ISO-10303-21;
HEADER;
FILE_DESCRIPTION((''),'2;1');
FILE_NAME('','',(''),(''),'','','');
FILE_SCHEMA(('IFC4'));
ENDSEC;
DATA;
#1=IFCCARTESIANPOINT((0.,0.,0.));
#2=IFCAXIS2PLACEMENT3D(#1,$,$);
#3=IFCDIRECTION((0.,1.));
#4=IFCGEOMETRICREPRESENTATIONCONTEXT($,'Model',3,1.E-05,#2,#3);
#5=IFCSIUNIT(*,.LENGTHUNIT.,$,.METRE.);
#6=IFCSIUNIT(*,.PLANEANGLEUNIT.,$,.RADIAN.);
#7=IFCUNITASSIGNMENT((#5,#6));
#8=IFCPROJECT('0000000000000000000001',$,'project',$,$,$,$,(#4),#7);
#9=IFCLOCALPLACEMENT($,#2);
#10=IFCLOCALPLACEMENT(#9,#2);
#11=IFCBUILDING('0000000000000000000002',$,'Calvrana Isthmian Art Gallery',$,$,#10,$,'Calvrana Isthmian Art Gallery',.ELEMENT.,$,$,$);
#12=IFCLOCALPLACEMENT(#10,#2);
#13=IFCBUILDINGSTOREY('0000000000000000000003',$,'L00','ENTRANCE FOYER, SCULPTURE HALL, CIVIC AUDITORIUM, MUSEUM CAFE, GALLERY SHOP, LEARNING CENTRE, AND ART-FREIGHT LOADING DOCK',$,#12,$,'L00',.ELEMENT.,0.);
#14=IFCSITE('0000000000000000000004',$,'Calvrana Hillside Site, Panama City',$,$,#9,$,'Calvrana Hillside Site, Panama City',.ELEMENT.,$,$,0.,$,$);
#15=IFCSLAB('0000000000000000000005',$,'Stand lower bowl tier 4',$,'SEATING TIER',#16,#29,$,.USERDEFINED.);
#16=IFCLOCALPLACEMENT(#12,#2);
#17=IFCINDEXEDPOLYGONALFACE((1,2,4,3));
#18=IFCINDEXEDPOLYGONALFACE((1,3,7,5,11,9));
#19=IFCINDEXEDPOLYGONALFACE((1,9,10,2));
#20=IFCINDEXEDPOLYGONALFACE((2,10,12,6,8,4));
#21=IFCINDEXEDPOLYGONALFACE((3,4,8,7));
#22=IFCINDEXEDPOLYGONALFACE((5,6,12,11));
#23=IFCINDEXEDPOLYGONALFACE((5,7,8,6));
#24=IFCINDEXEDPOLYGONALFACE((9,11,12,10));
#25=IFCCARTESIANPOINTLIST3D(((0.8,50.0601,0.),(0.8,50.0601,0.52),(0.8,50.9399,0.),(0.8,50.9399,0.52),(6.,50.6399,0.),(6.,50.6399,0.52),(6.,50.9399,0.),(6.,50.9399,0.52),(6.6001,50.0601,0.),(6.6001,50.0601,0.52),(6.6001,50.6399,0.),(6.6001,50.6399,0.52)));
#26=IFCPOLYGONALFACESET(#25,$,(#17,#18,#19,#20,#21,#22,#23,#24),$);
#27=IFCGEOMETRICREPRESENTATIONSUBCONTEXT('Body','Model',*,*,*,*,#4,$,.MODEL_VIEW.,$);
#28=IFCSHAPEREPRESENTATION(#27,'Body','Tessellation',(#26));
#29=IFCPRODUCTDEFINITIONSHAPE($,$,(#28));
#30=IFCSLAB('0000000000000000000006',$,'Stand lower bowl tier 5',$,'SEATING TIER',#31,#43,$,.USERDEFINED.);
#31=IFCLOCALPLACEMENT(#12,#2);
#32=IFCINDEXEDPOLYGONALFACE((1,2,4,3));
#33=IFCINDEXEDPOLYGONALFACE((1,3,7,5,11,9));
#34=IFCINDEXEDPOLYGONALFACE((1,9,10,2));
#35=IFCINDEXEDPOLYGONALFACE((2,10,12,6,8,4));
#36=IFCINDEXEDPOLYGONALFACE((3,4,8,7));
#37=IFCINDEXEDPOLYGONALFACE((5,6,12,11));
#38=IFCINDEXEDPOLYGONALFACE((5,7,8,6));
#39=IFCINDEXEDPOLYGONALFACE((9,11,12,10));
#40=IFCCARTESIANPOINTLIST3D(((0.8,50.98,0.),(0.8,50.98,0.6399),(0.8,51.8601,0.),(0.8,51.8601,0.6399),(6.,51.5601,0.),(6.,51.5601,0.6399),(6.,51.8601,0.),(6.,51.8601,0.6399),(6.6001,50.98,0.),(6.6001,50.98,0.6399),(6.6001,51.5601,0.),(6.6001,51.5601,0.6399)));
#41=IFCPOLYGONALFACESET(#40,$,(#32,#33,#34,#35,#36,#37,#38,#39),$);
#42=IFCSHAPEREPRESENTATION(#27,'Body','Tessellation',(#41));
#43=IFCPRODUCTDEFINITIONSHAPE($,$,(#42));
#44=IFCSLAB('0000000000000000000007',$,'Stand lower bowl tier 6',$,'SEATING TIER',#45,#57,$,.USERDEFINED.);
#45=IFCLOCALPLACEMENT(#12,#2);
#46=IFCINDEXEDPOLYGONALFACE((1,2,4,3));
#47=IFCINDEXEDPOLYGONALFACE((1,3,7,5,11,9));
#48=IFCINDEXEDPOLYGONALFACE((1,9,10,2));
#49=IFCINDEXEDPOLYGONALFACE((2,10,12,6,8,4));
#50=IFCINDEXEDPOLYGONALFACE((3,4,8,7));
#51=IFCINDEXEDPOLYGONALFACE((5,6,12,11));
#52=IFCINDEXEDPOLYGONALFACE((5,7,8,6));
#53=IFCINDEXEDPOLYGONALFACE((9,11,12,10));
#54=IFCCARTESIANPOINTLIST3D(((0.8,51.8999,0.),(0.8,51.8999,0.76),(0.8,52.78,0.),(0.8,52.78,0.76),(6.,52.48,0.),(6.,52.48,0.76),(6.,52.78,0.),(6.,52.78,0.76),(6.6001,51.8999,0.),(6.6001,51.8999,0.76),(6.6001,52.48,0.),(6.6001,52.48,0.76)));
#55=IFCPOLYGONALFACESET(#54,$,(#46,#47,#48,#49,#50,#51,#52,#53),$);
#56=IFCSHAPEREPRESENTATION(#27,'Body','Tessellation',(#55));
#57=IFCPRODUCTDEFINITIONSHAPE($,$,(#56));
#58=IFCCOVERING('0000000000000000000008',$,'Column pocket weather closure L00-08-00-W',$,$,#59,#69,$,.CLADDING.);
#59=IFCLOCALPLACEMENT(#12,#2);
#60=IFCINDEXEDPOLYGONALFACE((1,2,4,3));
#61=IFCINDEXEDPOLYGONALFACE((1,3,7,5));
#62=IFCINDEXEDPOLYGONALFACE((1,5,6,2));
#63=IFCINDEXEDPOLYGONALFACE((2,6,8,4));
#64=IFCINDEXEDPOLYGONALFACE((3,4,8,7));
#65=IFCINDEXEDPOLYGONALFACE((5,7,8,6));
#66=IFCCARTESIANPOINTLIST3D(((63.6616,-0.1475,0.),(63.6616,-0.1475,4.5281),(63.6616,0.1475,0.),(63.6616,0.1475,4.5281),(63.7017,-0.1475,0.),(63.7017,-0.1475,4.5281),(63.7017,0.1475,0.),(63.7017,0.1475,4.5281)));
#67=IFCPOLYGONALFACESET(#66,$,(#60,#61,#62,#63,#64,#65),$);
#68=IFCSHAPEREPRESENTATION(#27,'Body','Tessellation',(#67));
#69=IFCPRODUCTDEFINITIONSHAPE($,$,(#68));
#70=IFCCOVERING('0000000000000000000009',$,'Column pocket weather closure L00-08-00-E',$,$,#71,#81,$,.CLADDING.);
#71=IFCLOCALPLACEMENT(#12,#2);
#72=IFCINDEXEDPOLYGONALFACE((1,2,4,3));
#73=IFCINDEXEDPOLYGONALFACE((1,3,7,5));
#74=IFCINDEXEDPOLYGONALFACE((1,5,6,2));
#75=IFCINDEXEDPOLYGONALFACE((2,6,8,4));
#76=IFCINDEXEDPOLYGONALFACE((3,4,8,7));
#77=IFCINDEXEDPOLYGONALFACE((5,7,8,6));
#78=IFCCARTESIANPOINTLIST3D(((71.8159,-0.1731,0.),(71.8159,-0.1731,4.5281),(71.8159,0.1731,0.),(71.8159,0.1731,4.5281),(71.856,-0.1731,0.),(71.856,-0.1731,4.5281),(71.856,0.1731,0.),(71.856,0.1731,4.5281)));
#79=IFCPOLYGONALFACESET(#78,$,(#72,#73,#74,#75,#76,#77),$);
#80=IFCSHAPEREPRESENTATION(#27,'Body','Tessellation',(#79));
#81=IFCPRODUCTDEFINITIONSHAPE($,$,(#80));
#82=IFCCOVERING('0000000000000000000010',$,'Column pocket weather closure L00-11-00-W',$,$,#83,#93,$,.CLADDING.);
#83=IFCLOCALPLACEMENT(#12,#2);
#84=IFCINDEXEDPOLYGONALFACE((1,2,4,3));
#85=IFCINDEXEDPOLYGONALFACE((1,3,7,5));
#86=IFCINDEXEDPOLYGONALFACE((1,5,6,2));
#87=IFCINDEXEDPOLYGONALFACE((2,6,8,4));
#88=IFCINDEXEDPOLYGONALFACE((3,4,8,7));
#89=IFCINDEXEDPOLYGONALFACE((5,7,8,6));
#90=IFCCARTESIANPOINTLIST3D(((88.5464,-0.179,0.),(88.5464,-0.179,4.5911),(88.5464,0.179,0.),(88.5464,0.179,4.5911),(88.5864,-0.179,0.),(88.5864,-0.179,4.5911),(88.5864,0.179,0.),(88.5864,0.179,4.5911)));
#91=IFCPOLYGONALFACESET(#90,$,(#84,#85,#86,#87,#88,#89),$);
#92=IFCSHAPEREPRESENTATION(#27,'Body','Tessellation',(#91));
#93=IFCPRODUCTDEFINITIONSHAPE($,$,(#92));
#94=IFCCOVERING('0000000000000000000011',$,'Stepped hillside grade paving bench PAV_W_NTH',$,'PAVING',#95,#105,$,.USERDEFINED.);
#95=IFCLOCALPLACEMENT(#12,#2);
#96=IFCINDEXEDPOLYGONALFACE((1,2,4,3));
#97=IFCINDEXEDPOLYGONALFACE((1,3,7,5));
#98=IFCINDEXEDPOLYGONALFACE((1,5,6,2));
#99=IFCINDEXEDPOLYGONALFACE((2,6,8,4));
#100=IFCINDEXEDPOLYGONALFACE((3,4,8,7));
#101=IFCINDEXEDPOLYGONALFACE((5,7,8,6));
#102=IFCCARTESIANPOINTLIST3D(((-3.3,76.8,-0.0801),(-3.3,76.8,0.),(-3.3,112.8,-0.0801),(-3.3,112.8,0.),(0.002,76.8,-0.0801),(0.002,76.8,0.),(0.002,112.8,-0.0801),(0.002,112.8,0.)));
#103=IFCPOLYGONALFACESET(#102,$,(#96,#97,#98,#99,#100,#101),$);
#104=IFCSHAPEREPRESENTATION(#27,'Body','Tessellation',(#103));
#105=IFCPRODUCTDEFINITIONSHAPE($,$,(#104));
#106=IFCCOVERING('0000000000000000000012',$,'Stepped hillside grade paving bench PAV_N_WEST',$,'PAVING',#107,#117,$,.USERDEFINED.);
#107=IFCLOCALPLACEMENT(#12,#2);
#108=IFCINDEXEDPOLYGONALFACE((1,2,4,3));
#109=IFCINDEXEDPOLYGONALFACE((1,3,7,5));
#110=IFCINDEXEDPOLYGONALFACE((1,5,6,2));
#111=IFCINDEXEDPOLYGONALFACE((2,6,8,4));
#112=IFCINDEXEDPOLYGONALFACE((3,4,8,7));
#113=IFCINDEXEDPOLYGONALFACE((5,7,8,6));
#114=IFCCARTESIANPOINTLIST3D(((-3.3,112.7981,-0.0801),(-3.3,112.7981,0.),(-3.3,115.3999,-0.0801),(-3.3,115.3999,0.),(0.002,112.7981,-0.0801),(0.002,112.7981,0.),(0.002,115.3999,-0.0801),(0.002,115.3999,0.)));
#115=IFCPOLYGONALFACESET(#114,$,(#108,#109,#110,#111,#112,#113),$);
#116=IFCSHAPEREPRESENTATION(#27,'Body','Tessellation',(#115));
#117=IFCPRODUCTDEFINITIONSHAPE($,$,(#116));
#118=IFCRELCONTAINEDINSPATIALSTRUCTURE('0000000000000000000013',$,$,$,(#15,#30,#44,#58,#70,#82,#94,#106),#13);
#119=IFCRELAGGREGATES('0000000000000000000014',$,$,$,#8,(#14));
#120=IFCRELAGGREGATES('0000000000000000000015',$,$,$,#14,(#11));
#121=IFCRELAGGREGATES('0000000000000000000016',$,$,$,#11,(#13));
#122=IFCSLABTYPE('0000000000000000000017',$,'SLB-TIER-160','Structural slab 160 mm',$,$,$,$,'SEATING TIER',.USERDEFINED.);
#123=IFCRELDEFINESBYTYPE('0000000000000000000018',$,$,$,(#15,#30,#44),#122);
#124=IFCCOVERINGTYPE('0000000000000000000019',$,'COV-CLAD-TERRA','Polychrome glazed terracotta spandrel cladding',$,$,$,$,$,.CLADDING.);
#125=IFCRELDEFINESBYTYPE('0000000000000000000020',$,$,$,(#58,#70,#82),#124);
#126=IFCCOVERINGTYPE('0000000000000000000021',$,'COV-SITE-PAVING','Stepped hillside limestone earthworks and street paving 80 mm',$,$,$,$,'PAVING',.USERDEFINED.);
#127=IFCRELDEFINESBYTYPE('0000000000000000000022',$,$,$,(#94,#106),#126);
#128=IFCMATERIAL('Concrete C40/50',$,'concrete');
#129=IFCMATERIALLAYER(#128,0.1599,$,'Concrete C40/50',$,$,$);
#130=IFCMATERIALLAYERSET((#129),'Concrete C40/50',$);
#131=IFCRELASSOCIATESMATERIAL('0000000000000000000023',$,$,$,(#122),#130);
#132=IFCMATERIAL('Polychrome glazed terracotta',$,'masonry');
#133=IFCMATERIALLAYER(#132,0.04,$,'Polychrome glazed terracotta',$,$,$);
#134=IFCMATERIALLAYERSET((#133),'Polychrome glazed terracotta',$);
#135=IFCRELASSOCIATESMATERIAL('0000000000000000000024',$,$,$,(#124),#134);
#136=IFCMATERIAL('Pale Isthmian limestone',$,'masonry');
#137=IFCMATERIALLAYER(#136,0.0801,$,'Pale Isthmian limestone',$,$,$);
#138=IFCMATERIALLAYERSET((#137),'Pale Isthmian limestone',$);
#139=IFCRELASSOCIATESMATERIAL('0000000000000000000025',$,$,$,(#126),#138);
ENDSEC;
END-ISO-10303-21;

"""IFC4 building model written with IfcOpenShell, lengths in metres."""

from ifc_helpers import new_model, si_unit, direction, frame, origin, place, context, subcontext, project, spatial, polyline, outline, extrude, material, layer, layer_set, type_object, element, save


model = new_model("IFC4")

# Units and contexts
model_context = context("Model", 3, precision=1e-05, world=origin(), true_north=direction((0.0, 1.0)))
body_context = subcontext(model_context, "Body", "Model", "MODEL_VIEW")
ifc_project = project(units=[si_unit("LENGTHUNIT", "METRE"), si_unit("PLANEANGLEUNIT", "RADIAN")], contexts=[model_context])

# Site, building, storey
site_placement = place(None, origin())
site = spatial("IfcSite", under=ifc_project, at=site_placement, Name="Calvrana Hillside Site, Panama City", LongName="Calvrana Hillside Site, Panama City", CompositionType="ELEMENT", RefElevation=0.0)
building_placement = place(site_placement, origin())
building = spatial("IfcBuilding", under=site, at=building_placement, Name="Calvrana Isthmian Art Gallery", LongName="Calvrana Isthmian Art Gallery", CompositionType="ELEMENT")
storey_placement = place(building_placement, origin())
storey = spatial("IfcBuildingStorey", under=building, at=storey_placement, Name="L00", Description="ENTRANCE FOYER, SCULPTURE HALL, CIVIC AUDITORIUM, MUSEUM CAFE, GALLERY SHOP, LEARNING CENTRE, AND ART-FREIGHT LOADING DOCK", LongName="L00", CompositionType="ELEMENT", Elevation=0.0)

# Slabs
ifc_material_1 = material(Name="Concrete C40/50", Category="concrete")
ifc_layer_1 = layer(ifc_material_1, 0.1599, Name="Concrete C40/50")
ifc_layer_set_1 = layer_set([ifc_layer_1], Name="Concrete C40/50")
slab_type_1 = type_object("IfcSlabType", Name="SLB-TIER-160", Description="Structural slab 160 mm", ElementType="SEATING TIER", PredefinedType="USERDEFINED", material=ifc_layer_set_1)
slab_1_placement = place(storey_placement, origin())
element("IfcSlab", 1, at=slab_1_placement, inside=storey, type_object=slab_type_1, Name="Stand lower bowl tier 4", ObjectType="SEATING TIER", PredefinedType="USERDEFINED", context=body_context, shape_type="SweptSolid", body=[
    extrude(outline(polyline([(0.8, 50.0601), (6.6001, 50.0601), (6.6001, 50.6399), (6.0, 50.6399), (6.0, 50.9399), (0.8, 50.9399), (0.8, 50.0601)])), origin(), (0.0, 0.0, 1.0), 0.52),
])
slab_2_placement = place(storey_placement, origin())
element("IfcSlab", 2, at=slab_2_placement, inside=storey, type_object=slab_type_1, Name="Stand lower bowl tier 5", ObjectType="SEATING TIER", PredefinedType="USERDEFINED", context=body_context, shape_type="SweptSolid", body=[
    extrude(outline(polyline([(0.8, 50.98), (6.6001, 50.98), (6.6001, 51.5601), (6.0, 51.5601), (6.0, 51.8601), (0.8, 51.8601), (0.8, 50.98)])), origin(), (0.0, 0.0, 1.0), 0.6399),
])
slab_3_placement = place(storey_placement, origin())
element("IfcSlab", 3, at=slab_3_placement, inside=storey, type_object=slab_type_1, Name="Stand lower bowl tier 6", ObjectType="SEATING TIER", PredefinedType="USERDEFINED", context=body_context, shape_type="SweptSolid", body=[
    extrude(outline(polyline([(0.8, 51.8999), (6.6001, 51.8999), (6.6001, 52.48), (6.0, 52.48), (6.0, 52.78), (0.8, 52.78), (0.8, 51.8999)])), origin(), (0.0, 0.0, 1.0), 0.76),
])

# Coverings
ifc_material_2 = material(Name="Polychrome glazed terracotta", Category="masonry")
ifc_layer_2 = layer(ifc_material_2, 0.04, Name="Polychrome glazed terracotta")
ifc_layer_set_2 = layer_set([ifc_layer_2], Name="Polychrome glazed terracotta")
covering_type_1 = type_object("IfcCoveringType", Name="COV-CLAD-TERRA", Description="Polychrome glazed terracotta spandrel cladding", PredefinedType="CLADDING", material=ifc_layer_set_2)
covering_1_placement = place(storey_placement, origin())
element("IfcCovering", 4, at=covering_1_placement, inside=storey, type_object=covering_type_1, Name="Column pocket weather closure L00-08-00-W", PredefinedType="CLADDING", context=body_context, shape_type="SweptSolid", body=[
    extrude(outline(polyline([(63.6616, -0.1475), (63.7017, -0.1475), (63.7017, 0.1475), (63.6616, 0.1475), (63.6616, -0.1475)])), origin(), (0.0, 0.0, 1.0), 4.5281),
])
covering_2_placement = place(storey_placement, origin())
element("IfcCovering", 5, at=covering_2_placement, inside=storey, type_object=covering_type_1, Name="Column pocket weather closure L00-08-00-E", PredefinedType="CLADDING", context=body_context, shape_type="SweptSolid", body=[
    extrude(outline(polyline([(71.8159, -0.1731), (71.856, -0.1731), (71.856, 0.1731), (71.8159, 0.1731), (71.8159, -0.1731)])), origin(), (0.0, 0.0, 1.0), 4.5281),
])
covering_3_placement = place(storey_placement, origin())
element("IfcCovering", 6, at=covering_3_placement, inside=storey, type_object=covering_type_1, Name="Column pocket weather closure L00-11-00-W", PredefinedType="CLADDING", context=body_context, shape_type="SweptSolid", body=[
    extrude(outline(polyline([(88.5464, -0.179), (88.5864, -0.179), (88.5864, 0.179), (88.5464, 0.179), (88.5464, -0.179)])), origin(), (0.0, 0.0, 1.0), 4.5911),
])
ifc_material_3 = material(Name="Pale Isthmian limestone", Category="masonry")
ifc_layer_3 = layer(ifc_material_3, 0.0801, Name="Pale Isthmian limestone")
ifc_layer_set_3 = layer_set([ifc_layer_3], Name="Pale Isthmian limestone")
covering_type_2 = type_object("IfcCoveringType", Name="COV-SITE-PAVING", Description="Stepped hillside limestone earthworks and street paving 80 mm", ElementType="PAVING", PredefinedType="USERDEFINED", material=ifc_layer_set_3)
covering_4_placement = place(storey_placement, frame((0.0, 0.0, -0.0801)))
element("IfcCovering", 7, at=covering_4_placement, inside=storey, type_object=covering_type_2, Name="Stepped hillside grade paving bench PAV_W_NTH", ObjectType="PAVING", PredefinedType="USERDEFINED", context=body_context, shape_type="SweptSolid", body=[
    extrude(outline(polyline([(-3.3, 76.8), (0.002, 76.8), (0.002, 112.8), (-3.3, 112.8), (-3.3, 76.8)])), origin(), (0.0, 0.0, 1.0), 0.0801),
])
covering_5_placement = place(storey_placement, frame((0.0, 0.0, -0.0801)))
element("IfcCovering", 8, at=covering_5_placement, inside=storey, type_object=covering_type_2, Name="Stepped hillside grade paving bench PAV_N_WEST", ObjectType="PAVING", PredefinedType="USERDEFINED", context=body_context, shape_type="SweptSolid", body=[
    extrude(outline(polyline([(-3.3, 112.7981), (0.002, 112.7981), (0.002, 115.3999), (-3.3, 115.3999), (-3.3, 112.7981)])), origin(), (0.0, 0.0, 1.0), 0.0801),
])

save(model, "model.ifc")
